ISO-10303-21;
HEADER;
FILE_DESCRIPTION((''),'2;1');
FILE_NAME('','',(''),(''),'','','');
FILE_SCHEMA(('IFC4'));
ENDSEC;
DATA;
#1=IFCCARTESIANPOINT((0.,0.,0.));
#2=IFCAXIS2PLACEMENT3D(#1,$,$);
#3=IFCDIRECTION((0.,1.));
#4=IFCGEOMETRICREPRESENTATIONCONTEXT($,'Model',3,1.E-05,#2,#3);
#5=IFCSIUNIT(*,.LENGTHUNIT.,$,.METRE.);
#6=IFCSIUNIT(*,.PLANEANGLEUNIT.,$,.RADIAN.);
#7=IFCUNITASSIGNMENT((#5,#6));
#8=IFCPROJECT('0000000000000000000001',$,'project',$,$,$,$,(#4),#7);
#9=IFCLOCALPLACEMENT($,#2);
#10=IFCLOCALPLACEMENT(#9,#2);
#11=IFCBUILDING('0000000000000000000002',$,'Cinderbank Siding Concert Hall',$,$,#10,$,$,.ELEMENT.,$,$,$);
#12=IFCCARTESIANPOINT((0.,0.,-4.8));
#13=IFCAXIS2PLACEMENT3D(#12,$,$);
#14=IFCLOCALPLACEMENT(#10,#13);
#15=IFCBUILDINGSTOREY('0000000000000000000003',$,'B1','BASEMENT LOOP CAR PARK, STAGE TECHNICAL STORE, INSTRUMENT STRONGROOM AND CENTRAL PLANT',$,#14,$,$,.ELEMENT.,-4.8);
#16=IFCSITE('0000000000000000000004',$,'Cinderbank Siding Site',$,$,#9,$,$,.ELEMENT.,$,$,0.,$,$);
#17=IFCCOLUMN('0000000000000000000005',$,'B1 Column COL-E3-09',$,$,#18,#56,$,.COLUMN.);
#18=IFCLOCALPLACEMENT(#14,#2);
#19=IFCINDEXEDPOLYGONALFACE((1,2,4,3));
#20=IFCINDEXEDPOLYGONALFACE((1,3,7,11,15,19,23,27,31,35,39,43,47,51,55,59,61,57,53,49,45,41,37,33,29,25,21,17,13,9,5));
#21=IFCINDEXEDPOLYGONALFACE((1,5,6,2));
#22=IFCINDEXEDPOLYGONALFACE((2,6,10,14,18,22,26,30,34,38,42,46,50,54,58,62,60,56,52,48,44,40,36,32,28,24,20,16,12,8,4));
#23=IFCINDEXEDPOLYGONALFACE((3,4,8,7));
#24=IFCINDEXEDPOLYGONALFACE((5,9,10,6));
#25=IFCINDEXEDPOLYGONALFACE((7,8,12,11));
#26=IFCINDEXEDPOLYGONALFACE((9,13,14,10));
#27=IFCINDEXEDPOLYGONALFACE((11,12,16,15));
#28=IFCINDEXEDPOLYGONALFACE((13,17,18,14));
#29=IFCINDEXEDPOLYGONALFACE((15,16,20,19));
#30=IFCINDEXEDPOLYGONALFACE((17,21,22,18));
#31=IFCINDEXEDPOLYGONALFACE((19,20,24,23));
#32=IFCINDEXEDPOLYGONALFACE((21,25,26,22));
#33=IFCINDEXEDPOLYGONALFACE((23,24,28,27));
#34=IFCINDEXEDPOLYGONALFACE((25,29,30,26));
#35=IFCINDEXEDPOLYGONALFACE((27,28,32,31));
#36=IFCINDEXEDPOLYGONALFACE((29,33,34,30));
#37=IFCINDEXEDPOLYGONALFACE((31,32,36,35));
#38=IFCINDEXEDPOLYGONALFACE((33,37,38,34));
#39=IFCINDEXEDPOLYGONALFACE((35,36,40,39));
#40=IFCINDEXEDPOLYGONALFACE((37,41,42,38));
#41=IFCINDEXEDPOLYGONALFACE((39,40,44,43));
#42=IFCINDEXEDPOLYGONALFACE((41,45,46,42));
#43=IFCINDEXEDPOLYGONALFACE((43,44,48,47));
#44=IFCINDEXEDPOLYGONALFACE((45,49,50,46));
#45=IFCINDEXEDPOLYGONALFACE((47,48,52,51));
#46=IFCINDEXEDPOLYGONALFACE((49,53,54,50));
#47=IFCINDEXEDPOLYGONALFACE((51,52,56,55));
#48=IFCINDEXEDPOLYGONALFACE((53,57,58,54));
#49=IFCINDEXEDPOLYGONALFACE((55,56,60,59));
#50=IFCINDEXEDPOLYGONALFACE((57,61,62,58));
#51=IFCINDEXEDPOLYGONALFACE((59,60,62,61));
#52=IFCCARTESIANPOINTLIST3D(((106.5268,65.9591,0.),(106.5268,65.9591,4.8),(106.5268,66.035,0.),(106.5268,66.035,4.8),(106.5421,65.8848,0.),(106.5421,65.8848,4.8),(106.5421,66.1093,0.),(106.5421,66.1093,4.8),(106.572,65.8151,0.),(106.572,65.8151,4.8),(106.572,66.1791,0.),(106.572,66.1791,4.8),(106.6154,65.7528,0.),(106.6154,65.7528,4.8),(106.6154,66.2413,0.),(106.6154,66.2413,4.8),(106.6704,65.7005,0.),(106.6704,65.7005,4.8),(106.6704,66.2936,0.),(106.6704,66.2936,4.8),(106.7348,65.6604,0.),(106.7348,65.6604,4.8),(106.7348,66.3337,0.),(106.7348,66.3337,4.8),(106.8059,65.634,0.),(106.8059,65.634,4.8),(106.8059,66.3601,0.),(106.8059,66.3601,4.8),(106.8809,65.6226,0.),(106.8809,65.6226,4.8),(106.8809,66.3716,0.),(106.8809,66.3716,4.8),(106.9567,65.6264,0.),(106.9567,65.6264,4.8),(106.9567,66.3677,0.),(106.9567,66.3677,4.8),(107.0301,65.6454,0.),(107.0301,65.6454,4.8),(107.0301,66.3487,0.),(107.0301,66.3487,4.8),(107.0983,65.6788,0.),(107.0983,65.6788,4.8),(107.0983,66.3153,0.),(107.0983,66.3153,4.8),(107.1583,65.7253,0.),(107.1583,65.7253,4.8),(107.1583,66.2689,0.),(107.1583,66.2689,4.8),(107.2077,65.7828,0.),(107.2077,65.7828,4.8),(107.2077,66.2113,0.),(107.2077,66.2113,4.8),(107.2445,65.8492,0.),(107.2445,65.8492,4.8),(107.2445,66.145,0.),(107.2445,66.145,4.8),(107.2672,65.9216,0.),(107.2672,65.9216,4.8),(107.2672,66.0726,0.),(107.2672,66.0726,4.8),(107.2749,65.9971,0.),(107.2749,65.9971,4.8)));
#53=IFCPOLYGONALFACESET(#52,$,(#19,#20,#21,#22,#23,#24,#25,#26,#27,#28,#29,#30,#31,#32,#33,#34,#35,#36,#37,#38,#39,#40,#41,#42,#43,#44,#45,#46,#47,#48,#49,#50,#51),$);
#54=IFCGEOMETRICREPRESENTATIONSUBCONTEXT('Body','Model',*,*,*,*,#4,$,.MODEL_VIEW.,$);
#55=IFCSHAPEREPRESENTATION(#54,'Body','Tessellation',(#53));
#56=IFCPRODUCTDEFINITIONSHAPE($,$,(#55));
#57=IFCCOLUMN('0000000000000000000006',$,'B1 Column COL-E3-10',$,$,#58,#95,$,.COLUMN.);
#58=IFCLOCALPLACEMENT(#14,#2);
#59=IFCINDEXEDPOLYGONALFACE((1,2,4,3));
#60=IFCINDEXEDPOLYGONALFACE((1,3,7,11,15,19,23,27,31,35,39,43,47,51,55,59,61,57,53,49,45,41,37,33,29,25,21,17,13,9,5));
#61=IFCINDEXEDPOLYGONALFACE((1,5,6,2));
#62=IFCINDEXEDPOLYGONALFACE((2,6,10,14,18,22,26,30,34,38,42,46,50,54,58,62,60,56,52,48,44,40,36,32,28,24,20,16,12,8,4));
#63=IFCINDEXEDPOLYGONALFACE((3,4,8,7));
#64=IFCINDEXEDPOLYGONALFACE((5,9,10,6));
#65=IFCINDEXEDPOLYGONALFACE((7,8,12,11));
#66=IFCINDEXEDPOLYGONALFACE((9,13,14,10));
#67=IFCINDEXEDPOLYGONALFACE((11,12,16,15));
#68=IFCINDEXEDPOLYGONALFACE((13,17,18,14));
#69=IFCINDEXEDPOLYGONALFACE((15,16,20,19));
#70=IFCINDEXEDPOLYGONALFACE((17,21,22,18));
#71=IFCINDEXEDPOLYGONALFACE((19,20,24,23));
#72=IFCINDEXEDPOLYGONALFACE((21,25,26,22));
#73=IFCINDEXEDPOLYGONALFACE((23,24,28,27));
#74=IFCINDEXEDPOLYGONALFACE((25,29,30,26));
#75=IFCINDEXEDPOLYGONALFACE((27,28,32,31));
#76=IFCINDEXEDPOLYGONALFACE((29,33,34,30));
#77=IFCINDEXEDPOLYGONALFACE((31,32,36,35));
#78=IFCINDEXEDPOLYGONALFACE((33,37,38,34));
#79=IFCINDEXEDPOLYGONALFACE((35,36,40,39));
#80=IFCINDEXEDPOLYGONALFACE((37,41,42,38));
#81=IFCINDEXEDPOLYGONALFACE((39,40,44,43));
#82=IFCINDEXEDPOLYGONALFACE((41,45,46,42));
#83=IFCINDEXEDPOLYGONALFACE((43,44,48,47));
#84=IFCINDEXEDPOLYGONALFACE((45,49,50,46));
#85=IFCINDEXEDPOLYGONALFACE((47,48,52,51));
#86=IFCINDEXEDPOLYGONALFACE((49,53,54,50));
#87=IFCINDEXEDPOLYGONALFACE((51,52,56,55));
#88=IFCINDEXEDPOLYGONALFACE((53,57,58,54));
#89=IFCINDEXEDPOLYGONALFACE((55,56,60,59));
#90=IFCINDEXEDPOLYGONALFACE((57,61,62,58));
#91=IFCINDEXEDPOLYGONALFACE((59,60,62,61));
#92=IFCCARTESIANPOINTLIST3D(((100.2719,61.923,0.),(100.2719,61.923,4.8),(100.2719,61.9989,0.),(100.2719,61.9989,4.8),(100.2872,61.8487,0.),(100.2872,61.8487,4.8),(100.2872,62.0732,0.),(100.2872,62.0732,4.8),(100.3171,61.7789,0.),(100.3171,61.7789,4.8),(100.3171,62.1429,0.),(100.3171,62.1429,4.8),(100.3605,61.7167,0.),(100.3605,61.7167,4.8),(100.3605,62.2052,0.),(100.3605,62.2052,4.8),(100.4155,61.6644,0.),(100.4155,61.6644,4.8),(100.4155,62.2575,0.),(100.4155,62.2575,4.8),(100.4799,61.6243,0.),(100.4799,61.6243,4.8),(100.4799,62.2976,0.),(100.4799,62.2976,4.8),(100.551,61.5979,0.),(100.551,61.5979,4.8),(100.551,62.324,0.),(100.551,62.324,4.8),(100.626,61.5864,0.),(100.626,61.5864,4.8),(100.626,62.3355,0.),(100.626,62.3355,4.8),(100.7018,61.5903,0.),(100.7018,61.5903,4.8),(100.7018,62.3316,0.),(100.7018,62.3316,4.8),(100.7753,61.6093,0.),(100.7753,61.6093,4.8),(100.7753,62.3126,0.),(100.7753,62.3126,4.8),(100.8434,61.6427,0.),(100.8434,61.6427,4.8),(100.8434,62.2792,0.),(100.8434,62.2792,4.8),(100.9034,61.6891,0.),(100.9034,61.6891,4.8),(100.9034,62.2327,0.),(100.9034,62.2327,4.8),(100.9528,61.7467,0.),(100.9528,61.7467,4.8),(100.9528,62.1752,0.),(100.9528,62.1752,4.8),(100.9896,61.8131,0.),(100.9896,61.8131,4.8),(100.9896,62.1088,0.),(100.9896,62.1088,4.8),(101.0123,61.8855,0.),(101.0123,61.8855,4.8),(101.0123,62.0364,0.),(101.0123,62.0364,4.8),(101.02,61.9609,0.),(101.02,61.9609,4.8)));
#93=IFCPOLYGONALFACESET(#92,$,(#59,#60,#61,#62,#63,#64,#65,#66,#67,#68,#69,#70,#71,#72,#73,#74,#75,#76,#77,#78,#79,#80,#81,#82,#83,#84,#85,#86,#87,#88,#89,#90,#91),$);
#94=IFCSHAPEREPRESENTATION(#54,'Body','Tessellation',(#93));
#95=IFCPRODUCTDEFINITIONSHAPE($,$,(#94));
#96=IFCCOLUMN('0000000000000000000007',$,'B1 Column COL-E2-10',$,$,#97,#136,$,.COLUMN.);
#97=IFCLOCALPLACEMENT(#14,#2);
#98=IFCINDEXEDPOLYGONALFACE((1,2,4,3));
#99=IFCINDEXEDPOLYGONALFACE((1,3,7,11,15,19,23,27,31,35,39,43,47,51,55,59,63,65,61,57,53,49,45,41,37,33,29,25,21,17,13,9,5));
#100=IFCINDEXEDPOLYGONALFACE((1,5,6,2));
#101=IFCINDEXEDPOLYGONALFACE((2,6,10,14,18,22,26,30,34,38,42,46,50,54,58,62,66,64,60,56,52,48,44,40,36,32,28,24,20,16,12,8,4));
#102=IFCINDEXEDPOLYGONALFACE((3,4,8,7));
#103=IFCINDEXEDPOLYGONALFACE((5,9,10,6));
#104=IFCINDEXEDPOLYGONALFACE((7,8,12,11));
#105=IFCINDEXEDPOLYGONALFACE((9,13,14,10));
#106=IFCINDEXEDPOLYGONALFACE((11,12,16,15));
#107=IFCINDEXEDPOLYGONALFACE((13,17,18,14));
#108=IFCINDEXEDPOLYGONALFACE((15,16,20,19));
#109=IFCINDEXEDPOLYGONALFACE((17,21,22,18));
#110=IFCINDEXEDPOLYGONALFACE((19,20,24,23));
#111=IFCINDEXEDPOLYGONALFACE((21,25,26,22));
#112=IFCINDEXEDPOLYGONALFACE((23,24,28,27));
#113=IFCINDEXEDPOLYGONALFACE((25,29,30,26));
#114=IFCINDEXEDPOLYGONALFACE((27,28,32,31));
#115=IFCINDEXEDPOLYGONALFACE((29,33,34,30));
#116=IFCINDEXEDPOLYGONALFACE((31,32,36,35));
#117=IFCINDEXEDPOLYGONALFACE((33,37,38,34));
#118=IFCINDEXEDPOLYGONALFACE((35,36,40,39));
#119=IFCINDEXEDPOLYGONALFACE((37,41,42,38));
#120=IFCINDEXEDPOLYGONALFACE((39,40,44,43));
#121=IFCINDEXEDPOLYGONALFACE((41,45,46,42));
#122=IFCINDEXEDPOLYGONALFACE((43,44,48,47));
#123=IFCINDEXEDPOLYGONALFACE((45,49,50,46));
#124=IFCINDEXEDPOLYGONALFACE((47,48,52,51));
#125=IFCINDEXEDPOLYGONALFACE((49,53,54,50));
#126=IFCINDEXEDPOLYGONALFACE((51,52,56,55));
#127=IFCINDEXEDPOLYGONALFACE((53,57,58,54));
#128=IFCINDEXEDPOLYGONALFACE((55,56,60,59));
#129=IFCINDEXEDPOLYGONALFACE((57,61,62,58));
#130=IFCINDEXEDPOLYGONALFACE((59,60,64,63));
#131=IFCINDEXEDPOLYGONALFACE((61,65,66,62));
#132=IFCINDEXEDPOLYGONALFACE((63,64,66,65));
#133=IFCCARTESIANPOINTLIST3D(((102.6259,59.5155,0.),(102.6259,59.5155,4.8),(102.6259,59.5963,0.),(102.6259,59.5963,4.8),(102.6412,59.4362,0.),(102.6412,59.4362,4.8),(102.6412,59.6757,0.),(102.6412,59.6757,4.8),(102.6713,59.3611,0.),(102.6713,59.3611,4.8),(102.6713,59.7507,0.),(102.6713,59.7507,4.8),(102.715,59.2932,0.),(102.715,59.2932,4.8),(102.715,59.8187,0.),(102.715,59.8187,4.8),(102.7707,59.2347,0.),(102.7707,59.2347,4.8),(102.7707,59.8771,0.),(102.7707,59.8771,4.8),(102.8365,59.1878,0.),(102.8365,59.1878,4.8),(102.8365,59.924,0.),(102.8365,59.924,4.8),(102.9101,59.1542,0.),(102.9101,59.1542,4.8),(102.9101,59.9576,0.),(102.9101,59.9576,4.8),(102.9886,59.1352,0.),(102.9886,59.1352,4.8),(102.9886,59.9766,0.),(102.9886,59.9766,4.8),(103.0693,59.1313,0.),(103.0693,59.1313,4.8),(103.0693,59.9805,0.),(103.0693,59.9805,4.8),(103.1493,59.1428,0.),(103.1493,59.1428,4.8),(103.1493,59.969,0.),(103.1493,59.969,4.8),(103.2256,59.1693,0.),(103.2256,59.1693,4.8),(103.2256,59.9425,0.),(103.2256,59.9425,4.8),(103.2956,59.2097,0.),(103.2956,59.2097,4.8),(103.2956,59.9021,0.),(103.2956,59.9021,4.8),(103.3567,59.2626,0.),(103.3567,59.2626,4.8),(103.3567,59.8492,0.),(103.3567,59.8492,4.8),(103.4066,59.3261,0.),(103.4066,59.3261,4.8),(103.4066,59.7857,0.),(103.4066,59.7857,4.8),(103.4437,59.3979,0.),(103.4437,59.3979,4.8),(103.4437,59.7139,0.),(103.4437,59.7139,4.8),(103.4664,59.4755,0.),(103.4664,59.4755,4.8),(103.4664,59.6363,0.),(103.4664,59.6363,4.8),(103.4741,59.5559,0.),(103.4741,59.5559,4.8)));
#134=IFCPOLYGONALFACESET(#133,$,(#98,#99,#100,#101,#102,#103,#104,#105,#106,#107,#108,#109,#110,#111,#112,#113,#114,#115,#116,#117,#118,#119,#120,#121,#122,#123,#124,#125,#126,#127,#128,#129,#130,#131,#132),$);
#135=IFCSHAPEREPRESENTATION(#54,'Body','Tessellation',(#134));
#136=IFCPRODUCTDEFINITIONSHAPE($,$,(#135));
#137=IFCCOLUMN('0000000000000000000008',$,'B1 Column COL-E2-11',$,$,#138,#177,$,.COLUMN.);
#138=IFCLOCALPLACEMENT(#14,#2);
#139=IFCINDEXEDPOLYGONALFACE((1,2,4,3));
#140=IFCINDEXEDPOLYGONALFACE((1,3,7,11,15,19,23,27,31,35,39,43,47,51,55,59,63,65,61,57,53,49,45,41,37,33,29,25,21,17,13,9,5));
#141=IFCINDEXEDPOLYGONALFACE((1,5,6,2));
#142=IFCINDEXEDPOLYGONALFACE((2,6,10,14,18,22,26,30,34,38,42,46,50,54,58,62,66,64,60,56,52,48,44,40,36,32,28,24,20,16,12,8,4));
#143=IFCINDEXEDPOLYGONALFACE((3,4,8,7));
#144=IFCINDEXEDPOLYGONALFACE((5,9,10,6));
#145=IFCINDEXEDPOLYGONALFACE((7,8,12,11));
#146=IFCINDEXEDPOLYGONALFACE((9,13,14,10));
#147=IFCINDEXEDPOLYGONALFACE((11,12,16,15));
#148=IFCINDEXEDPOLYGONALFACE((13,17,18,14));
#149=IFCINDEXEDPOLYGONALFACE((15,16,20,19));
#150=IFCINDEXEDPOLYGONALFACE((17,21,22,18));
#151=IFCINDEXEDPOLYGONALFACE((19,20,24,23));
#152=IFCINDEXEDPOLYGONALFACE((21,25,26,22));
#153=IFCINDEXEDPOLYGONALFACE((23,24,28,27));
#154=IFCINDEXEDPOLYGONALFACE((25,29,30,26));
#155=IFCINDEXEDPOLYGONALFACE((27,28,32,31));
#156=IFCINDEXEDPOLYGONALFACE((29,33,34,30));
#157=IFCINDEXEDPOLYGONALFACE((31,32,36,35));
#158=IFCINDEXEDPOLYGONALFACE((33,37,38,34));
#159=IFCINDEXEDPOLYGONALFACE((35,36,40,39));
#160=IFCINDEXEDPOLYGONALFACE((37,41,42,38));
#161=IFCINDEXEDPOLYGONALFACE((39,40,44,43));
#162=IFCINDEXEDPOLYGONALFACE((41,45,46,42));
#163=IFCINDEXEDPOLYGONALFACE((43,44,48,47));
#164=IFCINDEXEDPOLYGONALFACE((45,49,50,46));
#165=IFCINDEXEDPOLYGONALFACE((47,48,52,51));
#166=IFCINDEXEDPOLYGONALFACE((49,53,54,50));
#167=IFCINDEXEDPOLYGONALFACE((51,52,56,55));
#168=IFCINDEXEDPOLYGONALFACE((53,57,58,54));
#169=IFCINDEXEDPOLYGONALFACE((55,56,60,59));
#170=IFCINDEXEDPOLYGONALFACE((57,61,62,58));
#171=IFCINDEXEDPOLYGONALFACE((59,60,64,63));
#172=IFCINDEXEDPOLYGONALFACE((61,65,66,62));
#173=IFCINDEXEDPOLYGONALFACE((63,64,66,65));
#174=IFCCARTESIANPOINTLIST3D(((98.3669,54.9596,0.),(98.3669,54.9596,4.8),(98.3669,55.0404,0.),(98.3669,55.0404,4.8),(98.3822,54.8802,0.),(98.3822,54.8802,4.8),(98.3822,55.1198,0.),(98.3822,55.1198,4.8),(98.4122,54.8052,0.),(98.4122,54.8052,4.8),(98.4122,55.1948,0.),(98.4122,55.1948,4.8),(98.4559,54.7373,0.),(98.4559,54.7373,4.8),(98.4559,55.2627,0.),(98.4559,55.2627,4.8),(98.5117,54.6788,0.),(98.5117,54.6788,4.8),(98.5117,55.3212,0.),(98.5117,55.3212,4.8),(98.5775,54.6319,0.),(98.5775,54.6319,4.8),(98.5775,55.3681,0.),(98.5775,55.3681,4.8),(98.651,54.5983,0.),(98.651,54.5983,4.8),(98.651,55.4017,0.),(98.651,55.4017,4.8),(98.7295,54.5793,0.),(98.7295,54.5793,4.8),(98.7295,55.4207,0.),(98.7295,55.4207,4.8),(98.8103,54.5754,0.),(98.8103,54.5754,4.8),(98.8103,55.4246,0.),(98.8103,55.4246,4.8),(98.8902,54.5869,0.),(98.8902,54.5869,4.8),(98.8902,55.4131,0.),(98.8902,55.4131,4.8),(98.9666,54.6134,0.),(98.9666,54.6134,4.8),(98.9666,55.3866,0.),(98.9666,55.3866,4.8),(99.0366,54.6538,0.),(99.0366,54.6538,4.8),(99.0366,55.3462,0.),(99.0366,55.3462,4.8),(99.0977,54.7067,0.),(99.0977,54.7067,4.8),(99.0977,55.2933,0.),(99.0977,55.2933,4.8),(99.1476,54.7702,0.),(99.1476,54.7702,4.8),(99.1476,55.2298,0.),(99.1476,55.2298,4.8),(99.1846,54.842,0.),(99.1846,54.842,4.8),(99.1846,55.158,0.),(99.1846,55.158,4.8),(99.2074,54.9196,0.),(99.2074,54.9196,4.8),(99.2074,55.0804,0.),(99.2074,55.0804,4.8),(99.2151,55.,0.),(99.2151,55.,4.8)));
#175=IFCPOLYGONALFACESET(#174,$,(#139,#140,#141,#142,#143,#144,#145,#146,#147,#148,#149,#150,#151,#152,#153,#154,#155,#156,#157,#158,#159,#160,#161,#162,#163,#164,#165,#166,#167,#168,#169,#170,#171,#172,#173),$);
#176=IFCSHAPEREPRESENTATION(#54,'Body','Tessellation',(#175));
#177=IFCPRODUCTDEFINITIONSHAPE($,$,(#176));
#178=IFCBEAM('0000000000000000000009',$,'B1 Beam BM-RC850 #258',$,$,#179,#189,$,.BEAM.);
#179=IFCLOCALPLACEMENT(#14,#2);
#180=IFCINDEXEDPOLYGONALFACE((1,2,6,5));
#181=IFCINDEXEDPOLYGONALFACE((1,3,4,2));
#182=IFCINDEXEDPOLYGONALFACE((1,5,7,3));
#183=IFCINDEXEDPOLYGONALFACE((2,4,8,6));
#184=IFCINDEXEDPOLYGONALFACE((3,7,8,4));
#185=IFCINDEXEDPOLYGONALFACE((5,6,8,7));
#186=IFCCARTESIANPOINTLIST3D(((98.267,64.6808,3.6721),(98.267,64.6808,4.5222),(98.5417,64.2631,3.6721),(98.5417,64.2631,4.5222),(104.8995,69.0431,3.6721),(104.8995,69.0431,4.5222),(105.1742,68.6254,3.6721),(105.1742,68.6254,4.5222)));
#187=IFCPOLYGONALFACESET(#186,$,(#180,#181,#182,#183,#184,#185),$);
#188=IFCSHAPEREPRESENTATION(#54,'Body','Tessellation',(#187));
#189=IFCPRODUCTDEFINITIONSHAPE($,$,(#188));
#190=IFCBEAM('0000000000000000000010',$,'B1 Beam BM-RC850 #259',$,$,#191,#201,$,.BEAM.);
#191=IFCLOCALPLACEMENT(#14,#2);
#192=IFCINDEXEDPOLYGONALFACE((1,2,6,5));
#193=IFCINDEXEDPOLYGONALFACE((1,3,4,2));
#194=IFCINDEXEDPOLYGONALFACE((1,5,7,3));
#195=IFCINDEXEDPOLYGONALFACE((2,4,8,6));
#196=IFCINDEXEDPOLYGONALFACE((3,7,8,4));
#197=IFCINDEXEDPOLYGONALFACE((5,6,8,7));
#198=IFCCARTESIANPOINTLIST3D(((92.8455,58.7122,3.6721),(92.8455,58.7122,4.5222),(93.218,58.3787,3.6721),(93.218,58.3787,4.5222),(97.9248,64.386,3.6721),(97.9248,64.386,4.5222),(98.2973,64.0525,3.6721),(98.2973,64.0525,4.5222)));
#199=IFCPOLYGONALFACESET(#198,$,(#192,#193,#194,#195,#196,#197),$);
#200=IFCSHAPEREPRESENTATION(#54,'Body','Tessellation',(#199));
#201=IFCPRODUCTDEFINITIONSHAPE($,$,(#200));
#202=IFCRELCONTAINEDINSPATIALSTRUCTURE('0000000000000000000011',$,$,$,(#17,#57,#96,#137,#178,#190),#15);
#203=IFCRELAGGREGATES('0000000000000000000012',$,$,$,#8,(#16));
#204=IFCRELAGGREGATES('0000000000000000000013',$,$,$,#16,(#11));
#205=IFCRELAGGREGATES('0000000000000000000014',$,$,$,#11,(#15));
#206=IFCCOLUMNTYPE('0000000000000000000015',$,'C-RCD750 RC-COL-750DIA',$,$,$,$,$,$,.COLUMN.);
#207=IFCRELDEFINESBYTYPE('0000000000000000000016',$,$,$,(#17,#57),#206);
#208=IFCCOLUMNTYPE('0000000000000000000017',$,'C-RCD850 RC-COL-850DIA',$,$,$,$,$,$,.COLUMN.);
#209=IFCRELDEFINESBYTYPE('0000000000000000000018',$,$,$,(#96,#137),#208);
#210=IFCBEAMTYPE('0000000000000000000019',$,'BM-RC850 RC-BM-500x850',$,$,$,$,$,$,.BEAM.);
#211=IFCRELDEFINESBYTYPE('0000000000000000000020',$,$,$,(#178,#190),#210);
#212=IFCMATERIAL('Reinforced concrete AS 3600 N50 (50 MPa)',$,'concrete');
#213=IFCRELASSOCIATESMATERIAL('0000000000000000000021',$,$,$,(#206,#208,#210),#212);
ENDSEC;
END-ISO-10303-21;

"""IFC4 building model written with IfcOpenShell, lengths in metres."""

from ifc_helpers import new_model, si_unit, direction, frame, origin, origin_2d, place, context, subcontext, project, spatial, rectangle, circle, extrude, material, material_profile, profile_set, type_object, element, save


model = new_model("IFC4")

# Units and contexts
model_context = context("Model", 3, precision=1e-05, world=origin(), true_north=direction((0.0, 1.0)))
body_context = subcontext(model_context, "Body", "Model", "MODEL_VIEW")
ifc_project = project(units=[si_unit("LENGTHUNIT", "METRE"), si_unit("PLANEANGLEUNIT", "RADIAN")], contexts=[model_context])

# Site, building, storey
site_placement = place(None, origin())
site = spatial("IfcSite", under=ifc_project, at=site_placement, Name="Cinderbank Siding Site", CompositionType="ELEMENT", RefElevation=0.0)
building_placement = place(site_placement, origin())
building = spatial("IfcBuilding", under=site, at=building_placement, Name="Cinderbank Siding Concert Hall", CompositionType="ELEMENT")
storey_placement = place(building_placement, frame((0.0, 0.0, -4.8)))
storey = spatial("IfcBuildingStorey", under=building, at=storey_placement, Name="B1", Description="BASEMENT LOOP CAR PARK, STAGE TECHNICAL STORE, INSTRUMENT STRONGROOM AND CENTRAL PLANT", CompositionType="ELEMENT", Elevation=-4.8)

# Columns
ifc_material_1 = material(Name="Reinforced concrete AS 3600 N50 (50 MPa)", Category="concrete")
ifc_material_profile_1 = material_profile(ifc_material_1, circle(Radius=0.375, at=origin_2d()), Name="RC-COL-750DIA", Category="LoadBearing")
ifc_profile_set_1 = profile_set([ifc_material_profile_1], Name="Reinforced concrete AS 3600 N50 (50 MPa)")
column_type_1 = type_object("IfcColumnType", Name="C-RCD750 RC-COL-750DIA", PredefinedType="COLUMN", material=ifc_profile_set_1)
for number, where, z_axis, x_axis, name in (
    (1, (106.8999, 65.9971, 0.0), (0.0, 0.0, 1.0), (1.0, 0.0, 0.0), "B1 Column COL-E3-09"),
    (2, (100.645, 61.9609, 0.0), (0.0, 0.0, 1.0), (1.0, 0.0, 0.0), "B1 Column COL-E3-10"),
):
    element("IfcColumn", number, at=place(storey_placement, frame(where, z_axis=z_axis, x_axis=x_axis)), inside=storey, type_object=column_type_1, Name=name, PredefinedType="COLUMN", context=body_context, shape_type="SweptSolid", body=[
        extrude(circle(Radius=0.375, at=origin_2d()), origin(), (0.0, 0.0, 1.0), 4.8),
    ])
ifc_material_profile_2 = material_profile(ifc_material_1, circle(Radius=0.425, at=origin_2d()), Name="RC-COL-850DIA", Category="LoadBearing")
ifc_profile_set_2 = profile_set([ifc_material_profile_2], Name="Reinforced concrete AS 3600 N50 (50 MPa)")
column_type_2 = type_object("IfcColumnType", Name="C-RCD850 RC-COL-850DIA", PredefinedType="COLUMN", material=ifc_profile_set_2)
for number, where, z_axis, x_axis, name in (
    (3, (103.0491, 59.5559, 0.0), (0.0, 0.0, 1.0), (1.0, 0.0, 0.0), "B1 Column COL-E2-10"),
    (4, (98.79, 55.0, 0.0), (0.0, 0.0, 1.0), (1.0, 0.0, 0.0), "B1 Column COL-E2-11"),
):
    element("IfcColumn", number, at=place(storey_placement, frame(where, z_axis=z_axis, x_axis=x_axis)), inside=storey, type_object=column_type_2, Name=name, PredefinedType="COLUMN", context=body_context, shape_type="SweptSolid", body=[
        extrude(circle(Radius=0.425, at=origin_2d()), origin(), (0.0, 0.0, 1.0), 4.8),
    ])

# Beams
ifc_material_profile_3 = material_profile(ifc_material_1, rectangle(XDim=0.5, YDim=0.8501, at=origin_2d()), Name="RC-BM-500x850", Category="LoadBearing")
ifc_profile_set_3 = profile_set([ifc_material_profile_3], Name="Reinforced concrete AS 3600 N50 (50 MPa)")
beam_type_1 = type_object("IfcBeamType", Name="BM-RC850 RC-BM-500x850", PredefinedType="BEAM", material=ifc_profile_set_3)
beam_1_placement = place(storey_placement, frame((105.0369, 68.8342, 4.0972), z_axis=(-0.835488, -0.549509, 0.0), x_axis=(0.549509, -0.835488, 0.0)))
element("IfcBeam", 5, at=beam_1_placement, inside=storey, type_object=beam_type_1, Name="B1 Beam BM-RC850 #258", PredefinedType="BEAM", context=body_context, shape_type="SweptSolid", body=[
    extrude(rectangle(XDim=0.5, YDim=0.8501, at=origin_2d()), origin(), (0.0, 0.0, 1.0), 7.9385),
])
beam_2_placement = place(storey_placement, frame((98.1111, 64.2192, 4.0972), z_axis=(-0.666996, -0.745061, 0.0), x_axis=(0.745061, -0.666996, 0.0)))
element("IfcBeam", 6, at=beam_2_placement, inside=storey, type_object=beam_type_1, Name="B1 Beam BM-RC850 #259", PredefinedType="BEAM", context=body_context, shape_type="SweptSolid", body=[
    extrude(rectangle(XDim=0.5, YDim=0.8501, at=origin_2d()), origin(), (0.0, 0.0, 1.0), 7.6152),
])

save(model, "model.ifc")
